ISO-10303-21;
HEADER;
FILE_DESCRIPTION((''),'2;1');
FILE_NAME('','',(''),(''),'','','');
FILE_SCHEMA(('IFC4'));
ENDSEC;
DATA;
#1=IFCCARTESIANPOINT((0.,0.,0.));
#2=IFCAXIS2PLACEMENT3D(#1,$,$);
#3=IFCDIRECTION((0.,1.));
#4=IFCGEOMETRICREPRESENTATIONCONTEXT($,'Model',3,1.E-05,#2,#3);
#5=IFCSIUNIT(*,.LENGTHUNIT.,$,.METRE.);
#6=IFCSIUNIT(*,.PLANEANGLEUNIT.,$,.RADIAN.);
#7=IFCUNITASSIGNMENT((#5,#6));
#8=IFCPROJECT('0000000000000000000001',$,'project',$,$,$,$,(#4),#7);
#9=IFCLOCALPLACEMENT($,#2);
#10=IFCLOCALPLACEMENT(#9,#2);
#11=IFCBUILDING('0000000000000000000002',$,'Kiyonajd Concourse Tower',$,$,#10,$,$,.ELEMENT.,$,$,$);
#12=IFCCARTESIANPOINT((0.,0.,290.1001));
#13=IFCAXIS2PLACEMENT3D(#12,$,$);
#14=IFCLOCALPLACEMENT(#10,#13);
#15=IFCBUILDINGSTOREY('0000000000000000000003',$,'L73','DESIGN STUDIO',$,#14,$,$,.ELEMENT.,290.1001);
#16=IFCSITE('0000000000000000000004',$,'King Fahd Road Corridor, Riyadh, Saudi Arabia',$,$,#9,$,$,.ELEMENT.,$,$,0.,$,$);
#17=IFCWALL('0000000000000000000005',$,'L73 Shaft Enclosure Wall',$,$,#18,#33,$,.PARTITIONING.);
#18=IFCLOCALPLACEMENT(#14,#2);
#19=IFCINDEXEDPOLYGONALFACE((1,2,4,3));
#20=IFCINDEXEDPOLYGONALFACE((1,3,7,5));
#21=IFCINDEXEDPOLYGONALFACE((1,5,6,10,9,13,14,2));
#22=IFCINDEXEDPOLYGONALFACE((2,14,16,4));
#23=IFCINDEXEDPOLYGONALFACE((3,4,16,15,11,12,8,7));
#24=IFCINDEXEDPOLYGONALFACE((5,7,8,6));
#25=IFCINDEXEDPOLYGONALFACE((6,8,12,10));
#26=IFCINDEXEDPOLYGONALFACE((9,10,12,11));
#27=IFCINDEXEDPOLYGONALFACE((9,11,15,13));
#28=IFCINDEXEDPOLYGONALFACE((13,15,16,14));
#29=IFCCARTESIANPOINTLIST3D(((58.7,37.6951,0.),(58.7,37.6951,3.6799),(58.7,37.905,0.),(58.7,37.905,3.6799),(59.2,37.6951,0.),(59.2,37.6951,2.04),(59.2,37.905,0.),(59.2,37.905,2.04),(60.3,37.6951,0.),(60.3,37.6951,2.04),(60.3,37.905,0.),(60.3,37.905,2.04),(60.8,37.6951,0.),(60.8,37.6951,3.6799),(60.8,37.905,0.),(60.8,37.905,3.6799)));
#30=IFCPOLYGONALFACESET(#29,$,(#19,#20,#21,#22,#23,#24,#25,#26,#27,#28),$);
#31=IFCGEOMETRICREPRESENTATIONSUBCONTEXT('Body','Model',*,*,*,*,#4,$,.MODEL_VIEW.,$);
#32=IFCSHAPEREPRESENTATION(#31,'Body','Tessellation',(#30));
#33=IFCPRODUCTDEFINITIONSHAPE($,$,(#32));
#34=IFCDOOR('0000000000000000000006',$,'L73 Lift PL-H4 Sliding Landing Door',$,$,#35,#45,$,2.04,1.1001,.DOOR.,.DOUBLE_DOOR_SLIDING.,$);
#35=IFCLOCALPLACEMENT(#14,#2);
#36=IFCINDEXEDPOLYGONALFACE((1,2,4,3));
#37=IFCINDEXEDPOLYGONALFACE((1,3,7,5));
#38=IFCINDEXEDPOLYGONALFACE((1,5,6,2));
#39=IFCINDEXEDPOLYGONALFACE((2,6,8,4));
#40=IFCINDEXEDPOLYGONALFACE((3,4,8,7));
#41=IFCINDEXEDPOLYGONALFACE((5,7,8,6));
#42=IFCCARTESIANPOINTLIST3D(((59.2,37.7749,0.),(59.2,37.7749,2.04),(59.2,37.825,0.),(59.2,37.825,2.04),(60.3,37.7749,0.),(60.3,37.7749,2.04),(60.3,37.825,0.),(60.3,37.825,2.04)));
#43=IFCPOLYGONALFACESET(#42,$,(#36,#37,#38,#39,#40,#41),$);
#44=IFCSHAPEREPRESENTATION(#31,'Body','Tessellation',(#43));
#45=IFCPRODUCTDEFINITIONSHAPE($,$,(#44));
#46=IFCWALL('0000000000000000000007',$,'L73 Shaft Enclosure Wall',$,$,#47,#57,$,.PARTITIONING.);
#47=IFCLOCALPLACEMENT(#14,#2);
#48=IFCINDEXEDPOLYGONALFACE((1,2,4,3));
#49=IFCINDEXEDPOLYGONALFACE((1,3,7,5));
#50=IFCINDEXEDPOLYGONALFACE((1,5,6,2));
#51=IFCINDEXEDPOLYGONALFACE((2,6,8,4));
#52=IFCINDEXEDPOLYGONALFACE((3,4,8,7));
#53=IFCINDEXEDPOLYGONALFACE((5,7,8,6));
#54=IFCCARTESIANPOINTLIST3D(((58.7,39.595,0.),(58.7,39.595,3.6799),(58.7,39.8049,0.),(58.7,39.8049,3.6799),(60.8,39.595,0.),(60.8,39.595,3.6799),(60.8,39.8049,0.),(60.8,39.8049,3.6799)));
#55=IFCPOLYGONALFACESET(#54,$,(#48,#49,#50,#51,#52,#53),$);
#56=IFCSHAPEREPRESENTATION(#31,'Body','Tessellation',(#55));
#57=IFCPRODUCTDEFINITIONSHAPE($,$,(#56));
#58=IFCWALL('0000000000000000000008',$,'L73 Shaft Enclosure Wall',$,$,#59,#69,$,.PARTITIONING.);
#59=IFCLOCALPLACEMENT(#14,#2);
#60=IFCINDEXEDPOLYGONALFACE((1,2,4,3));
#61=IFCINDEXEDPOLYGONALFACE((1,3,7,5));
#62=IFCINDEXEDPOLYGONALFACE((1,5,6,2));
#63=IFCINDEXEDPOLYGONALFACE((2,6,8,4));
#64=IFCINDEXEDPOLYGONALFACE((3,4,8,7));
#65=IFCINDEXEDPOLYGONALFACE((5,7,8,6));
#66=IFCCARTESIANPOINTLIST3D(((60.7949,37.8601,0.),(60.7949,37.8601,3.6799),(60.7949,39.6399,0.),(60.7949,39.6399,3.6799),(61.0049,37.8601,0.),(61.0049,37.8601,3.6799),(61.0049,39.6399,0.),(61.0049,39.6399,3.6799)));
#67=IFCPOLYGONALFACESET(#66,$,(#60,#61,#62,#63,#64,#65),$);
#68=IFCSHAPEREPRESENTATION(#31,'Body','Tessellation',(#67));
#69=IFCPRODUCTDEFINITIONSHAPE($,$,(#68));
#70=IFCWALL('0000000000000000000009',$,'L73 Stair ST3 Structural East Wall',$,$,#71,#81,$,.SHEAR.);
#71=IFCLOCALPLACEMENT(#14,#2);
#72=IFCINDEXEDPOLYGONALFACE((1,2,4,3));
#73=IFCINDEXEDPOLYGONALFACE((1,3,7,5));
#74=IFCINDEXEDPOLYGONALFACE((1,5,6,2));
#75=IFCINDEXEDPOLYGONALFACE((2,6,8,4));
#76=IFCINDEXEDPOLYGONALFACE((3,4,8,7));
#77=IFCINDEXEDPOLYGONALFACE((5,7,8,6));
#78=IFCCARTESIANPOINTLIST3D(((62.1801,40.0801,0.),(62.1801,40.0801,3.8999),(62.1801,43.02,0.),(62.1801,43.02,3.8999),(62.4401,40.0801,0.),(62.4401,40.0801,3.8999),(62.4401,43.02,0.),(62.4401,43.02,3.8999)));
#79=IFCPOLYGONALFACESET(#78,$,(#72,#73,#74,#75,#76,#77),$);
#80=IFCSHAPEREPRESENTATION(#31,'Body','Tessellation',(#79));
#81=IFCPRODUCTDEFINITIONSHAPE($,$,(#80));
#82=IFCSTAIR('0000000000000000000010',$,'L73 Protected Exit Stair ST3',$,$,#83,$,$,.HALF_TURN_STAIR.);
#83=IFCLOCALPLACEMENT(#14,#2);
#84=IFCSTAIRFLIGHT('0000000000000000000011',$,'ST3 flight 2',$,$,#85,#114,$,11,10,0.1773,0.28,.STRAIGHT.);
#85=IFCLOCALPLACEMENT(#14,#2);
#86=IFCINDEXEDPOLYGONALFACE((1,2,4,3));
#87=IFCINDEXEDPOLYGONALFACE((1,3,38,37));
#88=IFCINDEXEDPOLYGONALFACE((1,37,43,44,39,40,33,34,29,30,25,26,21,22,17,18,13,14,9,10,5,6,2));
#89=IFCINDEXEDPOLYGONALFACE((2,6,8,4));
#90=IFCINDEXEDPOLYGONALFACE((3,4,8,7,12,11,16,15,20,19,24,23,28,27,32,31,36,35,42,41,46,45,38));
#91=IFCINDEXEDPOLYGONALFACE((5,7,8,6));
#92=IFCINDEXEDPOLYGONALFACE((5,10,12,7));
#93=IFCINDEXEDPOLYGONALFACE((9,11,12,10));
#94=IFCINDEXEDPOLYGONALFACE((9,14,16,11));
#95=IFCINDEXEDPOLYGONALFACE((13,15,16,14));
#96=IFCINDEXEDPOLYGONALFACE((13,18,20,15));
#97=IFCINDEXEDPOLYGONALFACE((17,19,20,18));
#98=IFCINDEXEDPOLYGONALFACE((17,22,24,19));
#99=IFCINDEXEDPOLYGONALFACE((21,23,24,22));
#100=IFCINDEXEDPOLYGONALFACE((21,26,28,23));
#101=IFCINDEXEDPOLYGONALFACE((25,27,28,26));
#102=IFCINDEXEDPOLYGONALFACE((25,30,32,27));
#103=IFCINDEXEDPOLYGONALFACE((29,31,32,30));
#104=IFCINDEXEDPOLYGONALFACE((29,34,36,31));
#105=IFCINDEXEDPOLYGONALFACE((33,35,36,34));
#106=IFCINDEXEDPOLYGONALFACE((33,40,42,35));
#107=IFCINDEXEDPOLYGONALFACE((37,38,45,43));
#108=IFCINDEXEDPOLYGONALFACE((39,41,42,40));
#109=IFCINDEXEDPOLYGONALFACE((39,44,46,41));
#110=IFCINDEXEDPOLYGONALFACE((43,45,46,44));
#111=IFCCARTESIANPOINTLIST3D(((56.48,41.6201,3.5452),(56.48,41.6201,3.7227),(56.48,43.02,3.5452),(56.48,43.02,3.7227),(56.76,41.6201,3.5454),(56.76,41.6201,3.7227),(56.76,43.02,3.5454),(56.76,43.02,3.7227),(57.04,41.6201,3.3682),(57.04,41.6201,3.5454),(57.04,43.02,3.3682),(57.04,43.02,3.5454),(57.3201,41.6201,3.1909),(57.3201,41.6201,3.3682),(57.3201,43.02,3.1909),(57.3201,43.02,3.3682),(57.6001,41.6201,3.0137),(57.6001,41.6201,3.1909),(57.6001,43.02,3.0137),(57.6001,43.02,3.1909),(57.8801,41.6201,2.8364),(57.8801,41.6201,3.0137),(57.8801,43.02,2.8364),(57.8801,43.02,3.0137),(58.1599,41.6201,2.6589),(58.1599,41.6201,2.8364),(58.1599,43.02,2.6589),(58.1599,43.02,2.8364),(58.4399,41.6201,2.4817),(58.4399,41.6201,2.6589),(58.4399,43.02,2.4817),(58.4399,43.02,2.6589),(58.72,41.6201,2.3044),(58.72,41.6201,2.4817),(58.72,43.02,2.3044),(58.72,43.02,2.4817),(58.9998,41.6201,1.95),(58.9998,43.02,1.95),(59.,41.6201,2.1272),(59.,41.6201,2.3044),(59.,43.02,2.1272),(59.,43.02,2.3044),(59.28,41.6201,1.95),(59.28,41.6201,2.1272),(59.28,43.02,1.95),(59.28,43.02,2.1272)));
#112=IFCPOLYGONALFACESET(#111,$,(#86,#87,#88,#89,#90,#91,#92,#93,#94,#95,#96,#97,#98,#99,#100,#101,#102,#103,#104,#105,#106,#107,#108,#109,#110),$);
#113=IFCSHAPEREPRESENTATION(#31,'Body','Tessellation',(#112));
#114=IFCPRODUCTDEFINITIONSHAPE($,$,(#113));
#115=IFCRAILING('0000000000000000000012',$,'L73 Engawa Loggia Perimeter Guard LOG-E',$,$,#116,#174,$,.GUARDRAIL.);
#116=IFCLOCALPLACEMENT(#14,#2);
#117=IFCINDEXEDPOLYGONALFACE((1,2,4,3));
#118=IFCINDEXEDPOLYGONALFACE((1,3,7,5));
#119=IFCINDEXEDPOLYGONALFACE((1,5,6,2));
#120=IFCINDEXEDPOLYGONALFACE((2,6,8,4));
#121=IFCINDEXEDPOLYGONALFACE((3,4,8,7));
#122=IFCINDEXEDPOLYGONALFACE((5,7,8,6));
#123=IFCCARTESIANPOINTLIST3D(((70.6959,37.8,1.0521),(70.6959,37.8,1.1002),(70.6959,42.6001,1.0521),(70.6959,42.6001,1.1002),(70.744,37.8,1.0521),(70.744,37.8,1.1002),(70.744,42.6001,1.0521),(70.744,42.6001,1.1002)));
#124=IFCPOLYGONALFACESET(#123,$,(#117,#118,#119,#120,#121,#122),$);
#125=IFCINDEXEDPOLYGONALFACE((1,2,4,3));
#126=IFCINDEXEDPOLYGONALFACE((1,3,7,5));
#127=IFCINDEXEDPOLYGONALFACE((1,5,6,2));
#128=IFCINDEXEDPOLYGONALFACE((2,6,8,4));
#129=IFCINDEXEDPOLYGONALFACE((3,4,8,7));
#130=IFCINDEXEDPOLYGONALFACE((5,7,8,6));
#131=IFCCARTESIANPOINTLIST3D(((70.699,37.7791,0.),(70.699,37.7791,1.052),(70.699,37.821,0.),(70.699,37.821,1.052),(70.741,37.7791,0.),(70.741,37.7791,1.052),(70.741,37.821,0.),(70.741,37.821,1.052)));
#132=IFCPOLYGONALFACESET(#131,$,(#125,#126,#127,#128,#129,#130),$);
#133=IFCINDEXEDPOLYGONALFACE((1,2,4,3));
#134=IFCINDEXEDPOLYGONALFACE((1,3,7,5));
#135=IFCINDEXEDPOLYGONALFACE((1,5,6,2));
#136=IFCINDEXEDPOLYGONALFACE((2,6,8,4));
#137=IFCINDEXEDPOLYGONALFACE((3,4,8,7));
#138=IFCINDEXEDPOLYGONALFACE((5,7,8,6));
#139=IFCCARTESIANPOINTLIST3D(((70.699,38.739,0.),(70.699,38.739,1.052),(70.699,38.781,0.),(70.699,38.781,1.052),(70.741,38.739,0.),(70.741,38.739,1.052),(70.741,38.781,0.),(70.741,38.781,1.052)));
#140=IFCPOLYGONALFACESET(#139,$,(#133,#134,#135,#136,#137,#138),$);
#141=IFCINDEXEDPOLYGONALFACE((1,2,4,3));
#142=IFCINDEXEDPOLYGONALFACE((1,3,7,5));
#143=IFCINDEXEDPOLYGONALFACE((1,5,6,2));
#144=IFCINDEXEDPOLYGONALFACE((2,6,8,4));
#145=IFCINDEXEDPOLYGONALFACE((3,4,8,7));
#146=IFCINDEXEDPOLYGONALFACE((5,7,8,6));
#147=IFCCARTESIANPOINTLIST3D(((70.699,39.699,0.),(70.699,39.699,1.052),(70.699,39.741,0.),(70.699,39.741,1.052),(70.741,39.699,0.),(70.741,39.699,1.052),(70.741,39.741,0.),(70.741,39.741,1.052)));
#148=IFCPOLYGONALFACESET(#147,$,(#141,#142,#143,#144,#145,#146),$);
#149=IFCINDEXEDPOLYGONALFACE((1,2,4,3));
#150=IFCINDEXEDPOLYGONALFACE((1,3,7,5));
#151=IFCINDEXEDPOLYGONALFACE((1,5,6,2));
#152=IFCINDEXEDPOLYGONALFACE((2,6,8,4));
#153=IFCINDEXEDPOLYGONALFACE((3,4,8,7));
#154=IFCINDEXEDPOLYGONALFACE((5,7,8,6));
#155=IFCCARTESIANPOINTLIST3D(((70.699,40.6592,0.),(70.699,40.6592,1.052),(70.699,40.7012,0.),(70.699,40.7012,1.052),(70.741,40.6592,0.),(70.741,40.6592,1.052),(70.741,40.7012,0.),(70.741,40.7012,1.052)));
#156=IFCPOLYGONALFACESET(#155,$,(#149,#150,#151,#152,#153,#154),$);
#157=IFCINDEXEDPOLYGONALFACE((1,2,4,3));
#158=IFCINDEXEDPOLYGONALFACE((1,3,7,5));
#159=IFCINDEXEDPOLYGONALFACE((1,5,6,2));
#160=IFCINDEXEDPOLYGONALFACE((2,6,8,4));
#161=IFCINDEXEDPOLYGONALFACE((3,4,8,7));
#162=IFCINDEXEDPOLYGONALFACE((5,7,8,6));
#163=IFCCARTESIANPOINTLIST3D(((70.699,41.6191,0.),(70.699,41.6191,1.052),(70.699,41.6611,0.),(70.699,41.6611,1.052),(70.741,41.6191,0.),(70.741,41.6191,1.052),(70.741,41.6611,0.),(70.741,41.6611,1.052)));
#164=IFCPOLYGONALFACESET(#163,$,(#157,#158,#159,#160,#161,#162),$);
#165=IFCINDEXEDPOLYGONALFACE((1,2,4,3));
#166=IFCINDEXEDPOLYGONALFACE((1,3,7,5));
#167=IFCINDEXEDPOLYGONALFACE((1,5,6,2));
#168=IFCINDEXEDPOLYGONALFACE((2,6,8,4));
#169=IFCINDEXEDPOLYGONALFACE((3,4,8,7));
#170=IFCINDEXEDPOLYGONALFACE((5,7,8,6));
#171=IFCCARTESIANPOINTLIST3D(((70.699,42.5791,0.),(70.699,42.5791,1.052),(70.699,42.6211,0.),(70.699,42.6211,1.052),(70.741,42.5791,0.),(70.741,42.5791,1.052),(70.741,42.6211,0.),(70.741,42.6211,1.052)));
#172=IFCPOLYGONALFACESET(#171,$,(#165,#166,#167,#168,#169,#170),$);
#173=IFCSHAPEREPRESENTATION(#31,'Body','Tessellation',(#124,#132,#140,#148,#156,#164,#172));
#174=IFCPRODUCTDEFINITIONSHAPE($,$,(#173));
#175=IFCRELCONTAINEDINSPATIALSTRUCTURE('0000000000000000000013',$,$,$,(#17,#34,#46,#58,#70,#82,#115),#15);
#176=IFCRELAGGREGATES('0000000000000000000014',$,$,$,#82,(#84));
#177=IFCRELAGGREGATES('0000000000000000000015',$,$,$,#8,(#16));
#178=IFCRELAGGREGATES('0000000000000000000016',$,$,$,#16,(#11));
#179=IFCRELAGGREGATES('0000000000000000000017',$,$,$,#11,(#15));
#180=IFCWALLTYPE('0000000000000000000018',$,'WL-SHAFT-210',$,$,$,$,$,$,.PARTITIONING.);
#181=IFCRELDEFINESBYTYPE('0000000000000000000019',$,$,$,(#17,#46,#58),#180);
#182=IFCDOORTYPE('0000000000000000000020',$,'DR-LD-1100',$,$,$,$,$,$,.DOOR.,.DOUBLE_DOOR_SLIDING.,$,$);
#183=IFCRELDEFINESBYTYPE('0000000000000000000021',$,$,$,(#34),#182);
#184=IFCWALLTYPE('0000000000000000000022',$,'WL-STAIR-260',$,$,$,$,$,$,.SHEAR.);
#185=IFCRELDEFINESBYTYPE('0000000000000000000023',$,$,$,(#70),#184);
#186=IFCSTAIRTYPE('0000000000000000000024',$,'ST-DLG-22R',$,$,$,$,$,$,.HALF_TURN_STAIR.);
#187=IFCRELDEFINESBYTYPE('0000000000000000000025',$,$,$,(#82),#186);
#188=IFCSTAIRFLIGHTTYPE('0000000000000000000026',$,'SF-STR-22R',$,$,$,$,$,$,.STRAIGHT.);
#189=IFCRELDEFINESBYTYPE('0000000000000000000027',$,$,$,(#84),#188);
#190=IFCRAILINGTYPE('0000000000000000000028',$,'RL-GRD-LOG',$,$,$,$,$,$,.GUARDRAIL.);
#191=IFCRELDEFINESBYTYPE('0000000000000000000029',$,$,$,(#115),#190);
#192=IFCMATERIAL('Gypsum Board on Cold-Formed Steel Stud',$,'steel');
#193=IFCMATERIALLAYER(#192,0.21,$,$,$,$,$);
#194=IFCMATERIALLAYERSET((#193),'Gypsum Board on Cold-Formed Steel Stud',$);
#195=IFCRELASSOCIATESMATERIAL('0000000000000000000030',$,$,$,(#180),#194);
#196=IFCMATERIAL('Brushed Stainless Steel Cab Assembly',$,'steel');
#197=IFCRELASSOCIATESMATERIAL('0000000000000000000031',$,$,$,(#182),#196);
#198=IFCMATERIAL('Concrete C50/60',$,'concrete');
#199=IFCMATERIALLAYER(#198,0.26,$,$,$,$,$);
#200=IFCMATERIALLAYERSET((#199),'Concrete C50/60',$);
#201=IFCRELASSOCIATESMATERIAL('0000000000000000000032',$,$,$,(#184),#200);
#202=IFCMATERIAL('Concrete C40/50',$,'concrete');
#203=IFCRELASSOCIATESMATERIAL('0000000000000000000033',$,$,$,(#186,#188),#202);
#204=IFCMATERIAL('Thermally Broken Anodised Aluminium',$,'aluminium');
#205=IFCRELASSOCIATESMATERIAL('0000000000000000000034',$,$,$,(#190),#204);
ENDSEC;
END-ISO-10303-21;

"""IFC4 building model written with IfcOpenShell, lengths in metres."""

from ifc_helpers import new_model, si_unit, direction, frame, frame_2d, origin, origin_2d, place, context, subcontext, project, spatial, polyline, rectangle, outline, extrude, material, layer, layer_set, type_object, element, fill, aggregate, save


model = new_model("IFC4")

# Units and contexts
model_context = context("Model", 3, precision=1e-05, world=origin(), true_north=direction((0.0, 1.0)))
body_context = subcontext(model_context, "Body", "Model", "MODEL_VIEW")
ifc_project = project(units=[si_unit("LENGTHUNIT", "METRE"), si_unit("PLANEANGLEUNIT", "RADIAN")], contexts=[model_context])

# Site, building, storey
site_placement = place(None, origin())
site = spatial("IfcSite", under=ifc_project, at=site_placement, Name="King Fahd Road Corridor, Riyadh, Saudi Arabia", CompositionType="ELEMENT", RefElevation=0.0)
building_placement = place(site_placement, origin())
building = spatial("IfcBuilding", under=site, at=building_placement, Name="Kiyonajd Concourse Tower", CompositionType="ELEMENT")
storey_placement = place(building_placement, frame((0.0, 0.0, 290.1001)))
storey = spatial("IfcBuildingStorey", under=building, at=storey_placement, Name="L73", Description="DESIGN STUDIO", CompositionType="ELEMENT", Elevation=290.1001)

# Shared definitions
ifc_material_1 = material(Name="Thermally Broken Anodised Aluminium", Category="aluminium")

# Shared definitions
ifc_material_2 = material(Name="Gypsum Board on Cold-Formed Steel Stud", Category="steel")
ifc_layer_1 = layer(ifc_material_2, 0.21)
ifc_layer_set_1 = layer_set([ifc_layer_1], Name="Gypsum Board on Cold-Formed Steel Stud")
wall_type_1 = type_object("IfcWallType", Name="WL-SHAFT-210", PredefinedType="PARTITIONING", material=ifc_layer_set_1)

# Wall, opening, door
wall_1_placement = place(storey_placement, frame((58.7, 37.8, 0.0), z_axis=(0.0, 0.0, 1.0), x_axis=(1.0, 0.0, 0.0)))
wall_1 = element("IfcWall", 1, at=wall_1_placement, inside=storey, type_object=wall_type_1, Name="L73 Shaft Enclosure Wall", PredefinedType="PARTITIONING", context=body_context, shape_type="SweptSolid", body=[
    extrude(rectangle(XDim=2.1001, YDim=0.21, at=frame_2d((1.05, 0.0))), origin(), (0.0, 0.0, 1.0), 3.6799),
])
opening_1_placement = place(wall_1_placement, frame((0.5, 0.0, 0.0)))
opening_1 = element("IfcOpeningElement", 2, at=opening_1_placement, cuts=wall_1, PredefinedType="OPENING", context=body_context, shape_type="SweptSolid", body=[
    extrude(rectangle(XDim=1.1001, YDim=2.04, at=frame_2d((0.55, 1.02))), frame((0.0, 0.115, 0.0), z_axis=(0.0, -1.0, 0.0), x_axis=(1.0, 0.0, 0.0)), (0.0, 0.0, 1.0), 0.23),
])
ifc_material_3 = material(Name="Brushed Stainless Steel Cab Assembly", Category="steel")
door_type_1 = type_object("IfcDoorType", Name="DR-LD-1100", OperationType="DOUBLE_DOOR_SLIDING", PredefinedType="DOOR", material=ifc_material_3)
door_1_placement = place(opening_1_placement, origin())
door_1 = element("IfcDoor", 3, at=door_1_placement, inside=storey, type_object=door_type_1, Name="L73 Lift PL-H4 Sliding Landing Door", OperationType="DOUBLE_DOOR_SLIDING", OverallHeight=2.04, OverallWidth=1.1001, PredefinedType="DOOR", context=body_context, shape_type="SweptSolid", body=[
    extrude(rectangle(XDim=1.1001, YDim=2.04, at=frame_2d((0.55, 1.02))), frame((0.0, 0.0249, 0.0), z_axis=(0.0, -1.0, 0.0), x_axis=(1.0, 0.0, 0.0)), (0.0, 0.0, 1.0), 0.05),
])
fill(opening_1, door_1)

# Walls
wall_2_placement = place(storey_placement, frame((58.7, 39.7, 0.0), z_axis=(0.0, 0.0, 1.0), x_axis=(1.0, 0.0, 0.0)))
element("IfcWall", 4, at=wall_2_placement, inside=storey, type_object=wall_type_1, Name="L73 Shaft Enclosure Wall", PredefinedType="PARTITIONING", context=body_context, shape_type="SweptSolid", body=[
    extrude(rectangle(XDim=2.1001, YDim=0.21, at=frame_2d((1.05, 0.0))), origin(), (0.0, 0.0, 1.0), 3.6799),
])
wall_3_placement = place(storey_placement, frame((60.8999, 37.8601, 0.0), z_axis=(0.0, 0.0, 1.0), x_axis=(0.0, 1.0, 0.0)))
element("IfcWall", 5, at=wall_3_placement, inside=storey, type_object=wall_type_1, Name="L73 Shaft Enclosure Wall", PredefinedType="PARTITIONING", context=body_context, shape_type="SweptSolid", body=[
    extrude(rectangle(XDim=1.7798, YDim=0.21, at=frame_2d((0.8899, 0.0))), origin(), (0.0, 0.0, 1.0), 3.6799),
])
ifc_material_4 = material(Name="Concrete C50/60", Category="concrete")
ifc_layer_2 = layer(ifc_material_4, 0.26)
ifc_layer_set_2 = layer_set([ifc_layer_2], Name="Concrete C50/60")
wall_type_2 = type_object("IfcWallType", Name="WL-STAIR-260", PredefinedType="SHEAR", material=ifc_layer_set_2)
wall_4_placement = place(storey_placement, frame((62.3101, 40.0801, 0.0), z_axis=(0.0, 0.0, 1.0), x_axis=(0.0, 1.0, 0.0)))
element("IfcWall", 6, at=wall_4_placement, inside=storey, type_object=wall_type_2, Name="L73 Stair ST3 Structural East Wall", PredefinedType="SHEAR", context=body_context, shape_type="SweptSolid", body=[
    extrude(rectangle(XDim=2.9399, YDim=0.26, at=frame_2d((1.47, 0.0))), origin(), (0.0, 0.0, 1.0), 3.8999),
])

# Stair, stair flight
ifc_material_5 = material(Name="Concrete C40/50", Category="concrete")
stair_type = type_object("IfcStairType", Name="ST-DLG-22R", PredefinedType="HALF_TURN_STAIR", material=ifc_material_5)
stair_placement = place(storey_placement, origin())
stair = element("IfcStair", 7, at=stair_placement, inside=storey, type_object=stair_type, Name="L73 Protected Exit Stair ST3", PredefinedType="HALF_TURN_STAIR")
stair_flight_type = type_object("IfcStairFlightType", Name="SF-STR-22R", PredefinedType="STRAIGHT", material=ifc_material_5)
stair_flight_placement = place(storey_placement, frame((59.28, 42.3201, 1.95), z_axis=(0.0, 0.0, 1.0), x_axis=(-1.0, 0.0, 0.0)))
stair_flight = element("IfcStairFlight", 8, at=stair_flight_placement, type_object=stair_flight_type, Name="ST3 flight 2", NumberOfRisers=11, NumberOfTreads=10, PredefinedType="STRAIGHT", RiserHeight=0.1773, TreadLength=0.28, context=body_context, shape_type="SweptSolid", body=[
    extrude(outline(polyline([(0.0, 0.0), (0.0, 0.1772), (0.28, 0.1772), (0.28, 0.3545), (0.5601, 0.3545), (0.5601, 0.5317), (0.8401, 0.5317), (0.8401, 0.709), (1.1201, 0.709), (1.1201, 0.8865), (1.3999, 0.8865), (1.3999, 1.0637), (1.6799, 1.0637), (1.6799, 1.241), (1.96, 1.241), (1.96, 1.4182), (2.24, 1.4182), (2.24, 1.5955), (2.52, 1.5955), (2.52, 1.7727), (2.8, 1.7727), (2.8, 1.95), (2.8, 1.5952), (0.2803, 0.0), (0.0, 0.0)])), frame((0.0, 0.7, 0.0), z_axis=(0.0, -1.0, 0.0), x_axis=(1.0, 0.0, 0.0)), (0.0, 0.0, 1.0), 1.3999),
])
aggregate(stair, [stair_flight])

# Railing
railing_type_1 = type_object("IfcRailingType", Name="RL-GRD-LOG", PredefinedType="GUARDRAIL", material=ifc_material_1)
railing_1_placement = place(storey_placement, frame((70.72, 37.8, 0.0)))
element("IfcRailing", 9, at=railing_1_placement, inside=storey, type_object=railing_type_1, Name="L73 Engawa Loggia Perimeter Guard LOG-E", PredefinedType="GUARDRAIL", context=body_context, shape_type="SweptSolid", body=[
    extrude(rectangle(XDim=0.0481, YDim=0.0481, at=origin_2d()), frame((0.0, 0.0, 1.0762), z_axis=(0.0, 1.0, 0.0), x_axis=(-1.0, 0.0, 0.0)), (0.0, 0.0, 1.0), 4.8),
    extrude(rectangle(XDim=0.042, YDim=0.042, at=origin_2d()), origin(), (0.0, 0.0, 1.0), 1.052),
    extrude(rectangle(XDim=0.042, YDim=0.042, at=origin_2d()), frame((0.0, 0.96, 0.0)), (0.0, 0.0, 1.0), 1.052),
    extrude(rectangle(XDim=0.042, YDim=0.042, at=origin_2d()), frame((0.0, 1.9199, 0.0)), (0.0, 0.0, 1.0), 1.052),
    extrude(rectangle(XDim=0.042, YDim=0.042, at=origin_2d()), frame((0.0, 2.8801, 0.0)), (0.0, 0.0, 1.0), 1.052),
    extrude(rectangle(XDim=0.042, YDim=0.042, at=origin_2d()), frame((0.0, 3.8401, 0.0)), (0.0, 0.0, 1.0), 1.052),
    extrude(rectangle(XDim=0.042, YDim=0.042, at=origin_2d()), frame((0.0, 4.8, 0.0)), (0.0, 0.0, 1.0), 1.052),
])

save(model, "model.ifc")
